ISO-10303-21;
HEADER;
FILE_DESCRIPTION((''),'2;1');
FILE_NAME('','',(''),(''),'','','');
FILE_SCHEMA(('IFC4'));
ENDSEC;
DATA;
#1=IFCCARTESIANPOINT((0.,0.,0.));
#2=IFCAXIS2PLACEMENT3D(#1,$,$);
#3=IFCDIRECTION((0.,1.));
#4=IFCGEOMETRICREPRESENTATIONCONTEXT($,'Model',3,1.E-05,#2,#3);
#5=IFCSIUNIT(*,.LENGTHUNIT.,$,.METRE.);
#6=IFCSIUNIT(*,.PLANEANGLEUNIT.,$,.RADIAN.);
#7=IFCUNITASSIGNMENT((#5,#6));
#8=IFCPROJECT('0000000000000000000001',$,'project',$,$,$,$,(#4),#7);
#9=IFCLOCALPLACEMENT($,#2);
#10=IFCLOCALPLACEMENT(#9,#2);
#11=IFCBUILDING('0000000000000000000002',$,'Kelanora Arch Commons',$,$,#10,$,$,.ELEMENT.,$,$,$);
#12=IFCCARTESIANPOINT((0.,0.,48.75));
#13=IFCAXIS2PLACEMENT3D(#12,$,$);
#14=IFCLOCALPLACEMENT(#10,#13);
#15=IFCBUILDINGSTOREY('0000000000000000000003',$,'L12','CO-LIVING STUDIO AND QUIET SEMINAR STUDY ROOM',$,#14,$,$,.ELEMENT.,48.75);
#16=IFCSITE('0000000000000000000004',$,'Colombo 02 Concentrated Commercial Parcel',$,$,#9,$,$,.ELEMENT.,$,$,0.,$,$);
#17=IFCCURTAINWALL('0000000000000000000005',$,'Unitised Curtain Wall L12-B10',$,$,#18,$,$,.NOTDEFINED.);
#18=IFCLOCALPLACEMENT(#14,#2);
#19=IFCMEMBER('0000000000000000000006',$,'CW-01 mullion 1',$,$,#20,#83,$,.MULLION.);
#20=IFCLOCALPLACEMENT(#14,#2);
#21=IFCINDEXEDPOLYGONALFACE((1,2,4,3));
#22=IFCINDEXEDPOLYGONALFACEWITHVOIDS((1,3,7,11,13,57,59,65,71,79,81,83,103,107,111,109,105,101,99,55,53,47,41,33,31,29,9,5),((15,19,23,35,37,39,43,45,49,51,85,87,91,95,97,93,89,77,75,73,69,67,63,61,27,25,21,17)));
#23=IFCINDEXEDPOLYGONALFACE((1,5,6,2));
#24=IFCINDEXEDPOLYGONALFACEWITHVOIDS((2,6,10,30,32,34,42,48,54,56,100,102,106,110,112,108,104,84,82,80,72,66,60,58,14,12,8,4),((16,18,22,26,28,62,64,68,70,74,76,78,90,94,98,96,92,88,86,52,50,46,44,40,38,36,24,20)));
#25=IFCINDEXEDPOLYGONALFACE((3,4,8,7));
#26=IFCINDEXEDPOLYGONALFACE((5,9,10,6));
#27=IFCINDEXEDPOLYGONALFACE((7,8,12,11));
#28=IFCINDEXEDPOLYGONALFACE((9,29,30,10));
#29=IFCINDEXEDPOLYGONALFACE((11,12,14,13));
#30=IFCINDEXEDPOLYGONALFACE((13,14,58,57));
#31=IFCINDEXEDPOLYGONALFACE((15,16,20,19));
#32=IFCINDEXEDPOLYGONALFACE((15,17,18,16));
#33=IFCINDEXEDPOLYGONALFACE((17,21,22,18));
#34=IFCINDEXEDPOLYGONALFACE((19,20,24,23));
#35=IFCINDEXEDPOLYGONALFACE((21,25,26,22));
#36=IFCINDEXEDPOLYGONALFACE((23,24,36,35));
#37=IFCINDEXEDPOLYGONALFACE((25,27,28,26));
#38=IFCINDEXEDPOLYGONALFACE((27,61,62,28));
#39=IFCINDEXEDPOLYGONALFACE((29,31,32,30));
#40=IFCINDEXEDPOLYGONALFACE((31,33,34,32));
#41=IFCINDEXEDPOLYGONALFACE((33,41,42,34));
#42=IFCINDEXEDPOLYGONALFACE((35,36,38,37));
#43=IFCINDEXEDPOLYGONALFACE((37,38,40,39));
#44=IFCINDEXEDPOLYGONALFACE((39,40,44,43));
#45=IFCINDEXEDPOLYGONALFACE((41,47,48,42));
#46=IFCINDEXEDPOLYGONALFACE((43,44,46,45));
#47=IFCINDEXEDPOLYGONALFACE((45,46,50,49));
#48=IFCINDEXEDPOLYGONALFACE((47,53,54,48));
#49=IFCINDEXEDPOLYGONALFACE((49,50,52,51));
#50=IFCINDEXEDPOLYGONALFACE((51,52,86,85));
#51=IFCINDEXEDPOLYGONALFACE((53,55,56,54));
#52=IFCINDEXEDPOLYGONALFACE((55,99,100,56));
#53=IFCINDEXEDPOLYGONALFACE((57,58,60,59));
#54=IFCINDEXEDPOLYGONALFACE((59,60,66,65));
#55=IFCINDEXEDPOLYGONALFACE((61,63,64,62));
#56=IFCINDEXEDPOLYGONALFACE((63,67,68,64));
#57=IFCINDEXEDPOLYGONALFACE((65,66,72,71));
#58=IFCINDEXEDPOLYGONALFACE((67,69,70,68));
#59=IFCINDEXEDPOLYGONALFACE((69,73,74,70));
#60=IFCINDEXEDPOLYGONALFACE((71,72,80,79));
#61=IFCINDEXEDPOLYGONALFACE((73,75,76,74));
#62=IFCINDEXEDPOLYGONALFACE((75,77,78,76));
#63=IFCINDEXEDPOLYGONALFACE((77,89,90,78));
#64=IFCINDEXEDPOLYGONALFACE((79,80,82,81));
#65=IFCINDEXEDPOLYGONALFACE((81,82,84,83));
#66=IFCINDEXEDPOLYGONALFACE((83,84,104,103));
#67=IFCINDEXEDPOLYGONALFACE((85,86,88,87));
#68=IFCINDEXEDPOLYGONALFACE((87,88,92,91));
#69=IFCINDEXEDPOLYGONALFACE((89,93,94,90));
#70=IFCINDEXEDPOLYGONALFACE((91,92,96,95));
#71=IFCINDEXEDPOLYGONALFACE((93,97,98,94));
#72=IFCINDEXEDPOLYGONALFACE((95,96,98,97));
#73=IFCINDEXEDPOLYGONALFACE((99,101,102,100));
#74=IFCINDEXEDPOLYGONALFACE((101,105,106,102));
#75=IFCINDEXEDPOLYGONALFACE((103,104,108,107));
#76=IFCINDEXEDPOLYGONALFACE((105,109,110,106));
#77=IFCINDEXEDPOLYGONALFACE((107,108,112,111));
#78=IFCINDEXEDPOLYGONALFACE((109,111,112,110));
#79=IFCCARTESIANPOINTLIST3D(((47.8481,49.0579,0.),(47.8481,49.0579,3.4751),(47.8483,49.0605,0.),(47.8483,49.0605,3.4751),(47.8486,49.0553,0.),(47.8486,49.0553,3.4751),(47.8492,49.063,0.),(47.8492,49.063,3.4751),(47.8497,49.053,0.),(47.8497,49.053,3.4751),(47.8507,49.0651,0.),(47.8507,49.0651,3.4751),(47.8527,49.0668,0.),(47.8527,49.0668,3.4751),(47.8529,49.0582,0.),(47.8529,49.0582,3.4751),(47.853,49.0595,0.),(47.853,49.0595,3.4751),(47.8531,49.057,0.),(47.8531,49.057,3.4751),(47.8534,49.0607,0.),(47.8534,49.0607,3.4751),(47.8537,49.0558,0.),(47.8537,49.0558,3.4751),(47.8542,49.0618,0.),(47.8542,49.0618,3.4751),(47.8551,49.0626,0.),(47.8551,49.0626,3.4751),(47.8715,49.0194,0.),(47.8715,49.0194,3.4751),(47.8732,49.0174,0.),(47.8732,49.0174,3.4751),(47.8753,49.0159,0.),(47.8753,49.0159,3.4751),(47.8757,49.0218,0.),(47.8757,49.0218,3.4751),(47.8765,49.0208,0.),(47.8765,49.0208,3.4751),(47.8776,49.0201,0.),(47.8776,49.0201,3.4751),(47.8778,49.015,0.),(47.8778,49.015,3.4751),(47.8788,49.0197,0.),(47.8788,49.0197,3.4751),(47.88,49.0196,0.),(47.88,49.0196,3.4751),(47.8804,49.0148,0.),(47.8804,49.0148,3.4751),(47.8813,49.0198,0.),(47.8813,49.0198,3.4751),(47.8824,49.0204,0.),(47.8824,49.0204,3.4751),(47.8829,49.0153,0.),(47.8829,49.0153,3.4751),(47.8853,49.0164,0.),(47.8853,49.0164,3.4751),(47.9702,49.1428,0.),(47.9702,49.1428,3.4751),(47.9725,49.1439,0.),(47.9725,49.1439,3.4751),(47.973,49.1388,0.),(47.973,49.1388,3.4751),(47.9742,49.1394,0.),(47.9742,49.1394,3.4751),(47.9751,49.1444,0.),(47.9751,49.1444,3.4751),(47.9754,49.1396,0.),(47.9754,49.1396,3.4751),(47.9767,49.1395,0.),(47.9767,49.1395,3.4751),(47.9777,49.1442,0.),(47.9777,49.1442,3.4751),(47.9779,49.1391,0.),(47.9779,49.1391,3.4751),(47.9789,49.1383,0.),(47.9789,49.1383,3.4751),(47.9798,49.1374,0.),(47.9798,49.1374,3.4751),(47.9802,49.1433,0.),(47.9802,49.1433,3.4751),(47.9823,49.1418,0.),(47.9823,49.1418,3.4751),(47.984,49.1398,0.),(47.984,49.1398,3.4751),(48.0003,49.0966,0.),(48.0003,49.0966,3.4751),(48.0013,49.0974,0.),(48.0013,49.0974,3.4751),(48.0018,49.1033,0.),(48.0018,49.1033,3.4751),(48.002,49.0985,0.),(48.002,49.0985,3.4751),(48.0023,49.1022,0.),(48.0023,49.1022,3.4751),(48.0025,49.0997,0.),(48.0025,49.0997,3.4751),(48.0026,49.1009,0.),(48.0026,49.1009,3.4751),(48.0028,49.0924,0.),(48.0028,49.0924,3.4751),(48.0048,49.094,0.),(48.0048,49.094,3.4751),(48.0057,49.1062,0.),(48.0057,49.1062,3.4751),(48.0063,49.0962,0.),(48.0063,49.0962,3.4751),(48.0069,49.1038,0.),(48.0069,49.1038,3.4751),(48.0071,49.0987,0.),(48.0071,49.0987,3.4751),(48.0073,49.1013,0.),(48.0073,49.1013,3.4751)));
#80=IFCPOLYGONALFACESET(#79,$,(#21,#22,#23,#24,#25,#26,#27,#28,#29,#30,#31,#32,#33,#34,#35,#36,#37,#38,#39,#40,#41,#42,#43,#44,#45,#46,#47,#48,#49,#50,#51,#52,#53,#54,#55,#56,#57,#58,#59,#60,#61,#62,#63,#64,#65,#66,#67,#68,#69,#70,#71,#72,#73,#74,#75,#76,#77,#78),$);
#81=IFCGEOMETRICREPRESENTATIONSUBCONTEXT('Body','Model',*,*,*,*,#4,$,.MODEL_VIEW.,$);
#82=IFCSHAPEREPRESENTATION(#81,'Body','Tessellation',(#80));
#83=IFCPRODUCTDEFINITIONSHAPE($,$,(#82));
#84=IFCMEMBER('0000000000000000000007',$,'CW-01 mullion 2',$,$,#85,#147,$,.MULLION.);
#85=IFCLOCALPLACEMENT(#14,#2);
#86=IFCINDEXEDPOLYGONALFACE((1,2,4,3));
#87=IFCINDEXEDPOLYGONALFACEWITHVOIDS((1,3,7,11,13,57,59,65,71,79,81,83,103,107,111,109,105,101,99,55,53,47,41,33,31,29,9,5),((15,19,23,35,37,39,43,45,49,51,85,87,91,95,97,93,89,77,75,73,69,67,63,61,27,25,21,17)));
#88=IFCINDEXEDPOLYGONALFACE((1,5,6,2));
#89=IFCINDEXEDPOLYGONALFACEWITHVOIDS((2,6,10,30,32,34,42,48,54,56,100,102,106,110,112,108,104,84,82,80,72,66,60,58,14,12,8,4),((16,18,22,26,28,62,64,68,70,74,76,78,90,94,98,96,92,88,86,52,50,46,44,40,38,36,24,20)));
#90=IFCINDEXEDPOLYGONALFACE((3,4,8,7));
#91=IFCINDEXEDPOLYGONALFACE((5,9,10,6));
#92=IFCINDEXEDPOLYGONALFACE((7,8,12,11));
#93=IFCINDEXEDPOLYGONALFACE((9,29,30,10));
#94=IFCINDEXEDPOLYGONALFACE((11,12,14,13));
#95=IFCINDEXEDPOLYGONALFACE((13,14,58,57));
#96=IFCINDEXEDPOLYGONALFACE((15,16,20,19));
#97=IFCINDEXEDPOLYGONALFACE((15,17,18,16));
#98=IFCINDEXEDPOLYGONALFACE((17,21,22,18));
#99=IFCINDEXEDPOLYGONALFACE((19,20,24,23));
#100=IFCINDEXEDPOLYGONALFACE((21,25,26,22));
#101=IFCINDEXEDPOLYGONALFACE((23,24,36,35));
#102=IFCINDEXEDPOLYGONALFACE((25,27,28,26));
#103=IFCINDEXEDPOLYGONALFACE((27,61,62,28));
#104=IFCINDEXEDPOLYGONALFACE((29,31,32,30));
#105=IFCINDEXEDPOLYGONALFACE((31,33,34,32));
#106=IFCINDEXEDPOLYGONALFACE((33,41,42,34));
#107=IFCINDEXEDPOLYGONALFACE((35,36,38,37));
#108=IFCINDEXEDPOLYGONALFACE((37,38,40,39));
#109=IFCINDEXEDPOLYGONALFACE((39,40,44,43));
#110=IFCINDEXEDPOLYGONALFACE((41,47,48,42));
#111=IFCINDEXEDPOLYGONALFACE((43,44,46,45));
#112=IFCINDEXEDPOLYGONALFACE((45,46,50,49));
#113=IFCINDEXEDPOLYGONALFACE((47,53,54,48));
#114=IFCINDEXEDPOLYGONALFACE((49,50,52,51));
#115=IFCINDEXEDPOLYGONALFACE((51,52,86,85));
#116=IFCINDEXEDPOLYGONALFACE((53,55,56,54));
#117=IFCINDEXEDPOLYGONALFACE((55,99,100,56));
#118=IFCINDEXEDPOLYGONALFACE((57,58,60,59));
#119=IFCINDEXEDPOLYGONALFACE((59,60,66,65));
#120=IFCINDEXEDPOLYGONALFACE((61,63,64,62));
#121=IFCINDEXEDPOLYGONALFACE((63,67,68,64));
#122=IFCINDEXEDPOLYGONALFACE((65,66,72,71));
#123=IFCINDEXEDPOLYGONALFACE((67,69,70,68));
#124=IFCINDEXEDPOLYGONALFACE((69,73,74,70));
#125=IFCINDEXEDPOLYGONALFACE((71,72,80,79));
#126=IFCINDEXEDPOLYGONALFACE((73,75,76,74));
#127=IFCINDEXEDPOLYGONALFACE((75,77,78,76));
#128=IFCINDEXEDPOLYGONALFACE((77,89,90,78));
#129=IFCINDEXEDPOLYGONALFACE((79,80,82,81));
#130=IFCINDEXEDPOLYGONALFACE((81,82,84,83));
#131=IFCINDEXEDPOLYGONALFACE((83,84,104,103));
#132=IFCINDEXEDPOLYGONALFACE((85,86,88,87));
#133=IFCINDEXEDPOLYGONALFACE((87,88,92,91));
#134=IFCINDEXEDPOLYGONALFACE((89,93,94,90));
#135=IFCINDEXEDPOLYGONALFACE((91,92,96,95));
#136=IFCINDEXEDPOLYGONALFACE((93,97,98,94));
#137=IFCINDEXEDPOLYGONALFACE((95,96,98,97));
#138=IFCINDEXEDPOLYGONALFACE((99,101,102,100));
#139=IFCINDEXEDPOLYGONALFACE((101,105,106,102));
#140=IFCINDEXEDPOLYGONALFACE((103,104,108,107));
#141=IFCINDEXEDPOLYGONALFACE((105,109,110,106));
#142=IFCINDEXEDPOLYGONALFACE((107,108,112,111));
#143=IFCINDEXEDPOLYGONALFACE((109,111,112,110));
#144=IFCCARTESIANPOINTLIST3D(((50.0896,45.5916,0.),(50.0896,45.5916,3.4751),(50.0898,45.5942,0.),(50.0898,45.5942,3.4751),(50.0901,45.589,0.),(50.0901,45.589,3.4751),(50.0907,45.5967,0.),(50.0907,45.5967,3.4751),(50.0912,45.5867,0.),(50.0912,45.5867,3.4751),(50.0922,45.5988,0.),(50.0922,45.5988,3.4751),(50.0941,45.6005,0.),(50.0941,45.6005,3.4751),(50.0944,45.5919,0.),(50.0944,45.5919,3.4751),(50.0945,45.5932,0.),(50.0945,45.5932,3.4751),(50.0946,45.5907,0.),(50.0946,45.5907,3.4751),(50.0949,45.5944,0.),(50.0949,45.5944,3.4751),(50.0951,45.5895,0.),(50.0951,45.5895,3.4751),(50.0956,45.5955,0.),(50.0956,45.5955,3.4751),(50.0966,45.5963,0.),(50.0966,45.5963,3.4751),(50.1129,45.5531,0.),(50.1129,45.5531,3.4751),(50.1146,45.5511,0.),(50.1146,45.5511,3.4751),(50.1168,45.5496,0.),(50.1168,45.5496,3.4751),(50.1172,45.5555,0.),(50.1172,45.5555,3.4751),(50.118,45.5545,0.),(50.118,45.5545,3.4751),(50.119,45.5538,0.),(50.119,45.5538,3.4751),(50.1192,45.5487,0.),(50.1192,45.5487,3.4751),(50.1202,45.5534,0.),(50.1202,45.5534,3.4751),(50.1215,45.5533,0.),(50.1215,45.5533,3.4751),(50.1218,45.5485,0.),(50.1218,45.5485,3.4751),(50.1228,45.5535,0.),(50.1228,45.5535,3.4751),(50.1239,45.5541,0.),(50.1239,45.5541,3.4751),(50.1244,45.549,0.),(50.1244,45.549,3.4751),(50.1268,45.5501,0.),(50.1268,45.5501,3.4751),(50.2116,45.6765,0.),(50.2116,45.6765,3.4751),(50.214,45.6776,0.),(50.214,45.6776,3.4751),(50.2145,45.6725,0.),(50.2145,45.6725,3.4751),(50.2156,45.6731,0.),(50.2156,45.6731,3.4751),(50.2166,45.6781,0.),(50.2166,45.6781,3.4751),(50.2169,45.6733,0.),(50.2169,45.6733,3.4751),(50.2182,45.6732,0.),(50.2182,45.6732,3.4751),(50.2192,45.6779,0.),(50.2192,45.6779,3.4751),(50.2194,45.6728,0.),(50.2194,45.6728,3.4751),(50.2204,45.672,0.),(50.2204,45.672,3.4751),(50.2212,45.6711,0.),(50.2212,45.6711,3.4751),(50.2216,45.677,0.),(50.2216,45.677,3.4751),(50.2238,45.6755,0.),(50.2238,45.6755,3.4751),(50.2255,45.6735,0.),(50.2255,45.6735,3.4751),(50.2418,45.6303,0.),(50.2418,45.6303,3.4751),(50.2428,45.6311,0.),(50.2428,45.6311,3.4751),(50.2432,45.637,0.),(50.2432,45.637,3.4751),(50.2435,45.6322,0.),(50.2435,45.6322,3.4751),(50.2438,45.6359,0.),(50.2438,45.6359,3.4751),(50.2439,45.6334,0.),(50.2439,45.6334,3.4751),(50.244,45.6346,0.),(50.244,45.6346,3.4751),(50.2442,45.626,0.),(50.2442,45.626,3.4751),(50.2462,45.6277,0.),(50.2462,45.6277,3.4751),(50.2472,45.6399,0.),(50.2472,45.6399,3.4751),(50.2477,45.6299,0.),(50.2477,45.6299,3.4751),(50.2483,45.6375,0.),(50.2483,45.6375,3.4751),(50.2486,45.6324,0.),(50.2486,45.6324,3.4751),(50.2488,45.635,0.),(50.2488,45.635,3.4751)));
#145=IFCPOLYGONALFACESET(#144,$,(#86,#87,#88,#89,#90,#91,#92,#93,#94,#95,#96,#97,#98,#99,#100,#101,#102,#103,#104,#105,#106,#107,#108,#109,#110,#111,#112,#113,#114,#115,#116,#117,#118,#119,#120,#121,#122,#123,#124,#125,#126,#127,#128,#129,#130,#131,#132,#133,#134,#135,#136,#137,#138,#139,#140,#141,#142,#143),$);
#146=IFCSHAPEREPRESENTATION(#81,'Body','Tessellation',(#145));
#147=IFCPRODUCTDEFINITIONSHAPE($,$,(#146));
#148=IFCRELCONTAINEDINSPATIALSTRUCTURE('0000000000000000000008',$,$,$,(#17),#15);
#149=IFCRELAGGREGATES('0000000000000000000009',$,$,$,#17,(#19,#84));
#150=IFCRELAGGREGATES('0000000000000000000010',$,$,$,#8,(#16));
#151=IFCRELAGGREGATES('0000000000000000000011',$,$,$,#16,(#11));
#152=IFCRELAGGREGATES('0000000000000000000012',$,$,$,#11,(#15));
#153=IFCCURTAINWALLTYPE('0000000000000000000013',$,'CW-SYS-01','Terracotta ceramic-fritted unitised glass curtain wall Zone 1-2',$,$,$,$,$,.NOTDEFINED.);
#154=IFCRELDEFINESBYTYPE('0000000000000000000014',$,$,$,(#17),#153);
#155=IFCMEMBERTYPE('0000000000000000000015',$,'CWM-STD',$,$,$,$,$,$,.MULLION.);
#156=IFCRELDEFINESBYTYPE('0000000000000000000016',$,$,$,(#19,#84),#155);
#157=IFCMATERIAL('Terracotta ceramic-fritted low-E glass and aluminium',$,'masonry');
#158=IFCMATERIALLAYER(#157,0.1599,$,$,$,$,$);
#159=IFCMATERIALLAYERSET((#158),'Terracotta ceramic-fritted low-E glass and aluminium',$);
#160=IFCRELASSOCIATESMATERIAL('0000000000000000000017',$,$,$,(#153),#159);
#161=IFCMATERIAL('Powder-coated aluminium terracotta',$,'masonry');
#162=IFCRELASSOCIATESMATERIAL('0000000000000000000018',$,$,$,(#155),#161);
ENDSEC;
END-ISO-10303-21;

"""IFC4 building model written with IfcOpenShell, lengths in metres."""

from ifc_helpers import new_model, si_unit, direction, frame, origin, origin_2d, place, context, subcontext, project, spatial, hollow_rectangle, extrude, material, layer, layer_set, material_profile, profile_set, type_object, element, aggregate, save


model = new_model("IFC4")

# Units and contexts
model_context = context("Model", 3, precision=1e-05, world=origin(), true_north=direction((0.0, 1.0)))
body_context = subcontext(model_context, "Body", "Model", "MODEL_VIEW")
ifc_project = project(units=[si_unit("LENGTHUNIT", "METRE"), si_unit("PLANEANGLEUNIT", "RADIAN")], contexts=[model_context])

# Site, building, storey
site_placement = place(None, origin())
site = spatial("IfcSite", under=ifc_project, at=site_placement, Name="Colombo 02 Concentrated Commercial Parcel", CompositionType="ELEMENT", RefElevation=0.0)
building_placement = place(site_placement, origin())
building = spatial("IfcBuilding", under=site, at=building_placement, Name="Kelanora Arch Commons", CompositionType="ELEMENT")
storey_placement = place(building_placement, frame((0.0, 0.0, 48.75)))
storey = spatial("IfcBuildingStorey", under=building, at=storey_placement, Name="L12", Description="CO-LIVING STUDIO AND QUIET SEMINAR STUDY ROOM", CompositionType="ELEMENT", Elevation=48.75)

# Shared definitions
ifc_material_1 = material(Name="Terracotta ceramic-fritted low-E glass and aluminium", Category="masonry")
ifc_layer_1 = layer(ifc_material_1, 0.1599)
ifc_layer_set_1 = layer_set([ifc_layer_1], Name="Terracotta ceramic-fritted low-E glass and aluminium")
curtain_wall_type = type_object("IfcCurtainWallType", Name="CW-SYS-01", Description="Terracotta ceramic-fritted unitised glass curtain wall Zone 1-2", PredefinedType="NOTDEFINED", material=ifc_layer_set_1)
ifc_material_2 = material(Name="Powder-coated aluminium terracotta", Category="masonry")
ifc_material_profile_1 = material_profile(ifc_material_2, hollow_rectangle(XDim=0.1599, YDim=0.0601, WallThickness=0.0049, InnerFilletRadius=0.0049, OuterFilletRadius=0.01, at=origin_2d()), Name="CWM160x60")
ifc_profile_set_1 = profile_set([ifc_material_profile_1], Name="Powder-coated aluminium terracotta")
member_type_1 = type_object("IfcMemberType", Name="CWM-STD", PredefinedType="MULLION", material=ifc_profile_set_1)

# Curtain wall, members
curtain_wall_1_placement = place(storey_placement, origin())
curtain_wall_1 = element("IfcCurtainWall", 1, at=curtain_wall_1_placement, inside=storey, type_object=curtain_wall_type, Name="Unitised Curtain Wall L12-B10", PredefinedType="NOTDEFINED")
member_1_placement = place(storey_placement, frame((47.9277, 49.0796, 0.0), z_axis=(0.0, 0.0, 1.0), x_axis=(0.83973, 0.543004, 0.0)))
member_1 = element("IfcMember", 2, at=member_1_placement, type_object=member_type_1, Name="CW-01 mullion 1", PredefinedType="MULLION", context=body_context, shape_type="SweptSolid", body=[
    extrude(hollow_rectangle(XDim=0.1599, YDim=0.0601, WallThickness=0.0049, InnerFilletRadius=0.0049, OuterFilletRadius=0.01, at=origin_2d()), origin(), (0.0, 0.0, 1.0), 3.4751),
])
member_2_placement = place(storey_placement, frame((50.1692, 45.6133, 0.0), z_axis=(0.0, 0.0, 1.0), x_axis=(0.83973, 0.543004, 0.0)))
member_2 = element("IfcMember", 3, at=member_2_placement, type_object=member_type_1, Name="CW-01 mullion 2", PredefinedType="MULLION", context=body_context, shape_type="SweptSolid", body=[
    extrude(hollow_rectangle(XDim=0.1599, YDim=0.0601, WallThickness=0.0049, InnerFilletRadius=0.0049, OuterFilletRadius=0.01, at=origin_2d()), origin(), (0.0, 0.0, 1.0), 3.4751),
])

aggregate(curtain_wall_1, [member_1, member_2])

save(model, "model.ifc")
